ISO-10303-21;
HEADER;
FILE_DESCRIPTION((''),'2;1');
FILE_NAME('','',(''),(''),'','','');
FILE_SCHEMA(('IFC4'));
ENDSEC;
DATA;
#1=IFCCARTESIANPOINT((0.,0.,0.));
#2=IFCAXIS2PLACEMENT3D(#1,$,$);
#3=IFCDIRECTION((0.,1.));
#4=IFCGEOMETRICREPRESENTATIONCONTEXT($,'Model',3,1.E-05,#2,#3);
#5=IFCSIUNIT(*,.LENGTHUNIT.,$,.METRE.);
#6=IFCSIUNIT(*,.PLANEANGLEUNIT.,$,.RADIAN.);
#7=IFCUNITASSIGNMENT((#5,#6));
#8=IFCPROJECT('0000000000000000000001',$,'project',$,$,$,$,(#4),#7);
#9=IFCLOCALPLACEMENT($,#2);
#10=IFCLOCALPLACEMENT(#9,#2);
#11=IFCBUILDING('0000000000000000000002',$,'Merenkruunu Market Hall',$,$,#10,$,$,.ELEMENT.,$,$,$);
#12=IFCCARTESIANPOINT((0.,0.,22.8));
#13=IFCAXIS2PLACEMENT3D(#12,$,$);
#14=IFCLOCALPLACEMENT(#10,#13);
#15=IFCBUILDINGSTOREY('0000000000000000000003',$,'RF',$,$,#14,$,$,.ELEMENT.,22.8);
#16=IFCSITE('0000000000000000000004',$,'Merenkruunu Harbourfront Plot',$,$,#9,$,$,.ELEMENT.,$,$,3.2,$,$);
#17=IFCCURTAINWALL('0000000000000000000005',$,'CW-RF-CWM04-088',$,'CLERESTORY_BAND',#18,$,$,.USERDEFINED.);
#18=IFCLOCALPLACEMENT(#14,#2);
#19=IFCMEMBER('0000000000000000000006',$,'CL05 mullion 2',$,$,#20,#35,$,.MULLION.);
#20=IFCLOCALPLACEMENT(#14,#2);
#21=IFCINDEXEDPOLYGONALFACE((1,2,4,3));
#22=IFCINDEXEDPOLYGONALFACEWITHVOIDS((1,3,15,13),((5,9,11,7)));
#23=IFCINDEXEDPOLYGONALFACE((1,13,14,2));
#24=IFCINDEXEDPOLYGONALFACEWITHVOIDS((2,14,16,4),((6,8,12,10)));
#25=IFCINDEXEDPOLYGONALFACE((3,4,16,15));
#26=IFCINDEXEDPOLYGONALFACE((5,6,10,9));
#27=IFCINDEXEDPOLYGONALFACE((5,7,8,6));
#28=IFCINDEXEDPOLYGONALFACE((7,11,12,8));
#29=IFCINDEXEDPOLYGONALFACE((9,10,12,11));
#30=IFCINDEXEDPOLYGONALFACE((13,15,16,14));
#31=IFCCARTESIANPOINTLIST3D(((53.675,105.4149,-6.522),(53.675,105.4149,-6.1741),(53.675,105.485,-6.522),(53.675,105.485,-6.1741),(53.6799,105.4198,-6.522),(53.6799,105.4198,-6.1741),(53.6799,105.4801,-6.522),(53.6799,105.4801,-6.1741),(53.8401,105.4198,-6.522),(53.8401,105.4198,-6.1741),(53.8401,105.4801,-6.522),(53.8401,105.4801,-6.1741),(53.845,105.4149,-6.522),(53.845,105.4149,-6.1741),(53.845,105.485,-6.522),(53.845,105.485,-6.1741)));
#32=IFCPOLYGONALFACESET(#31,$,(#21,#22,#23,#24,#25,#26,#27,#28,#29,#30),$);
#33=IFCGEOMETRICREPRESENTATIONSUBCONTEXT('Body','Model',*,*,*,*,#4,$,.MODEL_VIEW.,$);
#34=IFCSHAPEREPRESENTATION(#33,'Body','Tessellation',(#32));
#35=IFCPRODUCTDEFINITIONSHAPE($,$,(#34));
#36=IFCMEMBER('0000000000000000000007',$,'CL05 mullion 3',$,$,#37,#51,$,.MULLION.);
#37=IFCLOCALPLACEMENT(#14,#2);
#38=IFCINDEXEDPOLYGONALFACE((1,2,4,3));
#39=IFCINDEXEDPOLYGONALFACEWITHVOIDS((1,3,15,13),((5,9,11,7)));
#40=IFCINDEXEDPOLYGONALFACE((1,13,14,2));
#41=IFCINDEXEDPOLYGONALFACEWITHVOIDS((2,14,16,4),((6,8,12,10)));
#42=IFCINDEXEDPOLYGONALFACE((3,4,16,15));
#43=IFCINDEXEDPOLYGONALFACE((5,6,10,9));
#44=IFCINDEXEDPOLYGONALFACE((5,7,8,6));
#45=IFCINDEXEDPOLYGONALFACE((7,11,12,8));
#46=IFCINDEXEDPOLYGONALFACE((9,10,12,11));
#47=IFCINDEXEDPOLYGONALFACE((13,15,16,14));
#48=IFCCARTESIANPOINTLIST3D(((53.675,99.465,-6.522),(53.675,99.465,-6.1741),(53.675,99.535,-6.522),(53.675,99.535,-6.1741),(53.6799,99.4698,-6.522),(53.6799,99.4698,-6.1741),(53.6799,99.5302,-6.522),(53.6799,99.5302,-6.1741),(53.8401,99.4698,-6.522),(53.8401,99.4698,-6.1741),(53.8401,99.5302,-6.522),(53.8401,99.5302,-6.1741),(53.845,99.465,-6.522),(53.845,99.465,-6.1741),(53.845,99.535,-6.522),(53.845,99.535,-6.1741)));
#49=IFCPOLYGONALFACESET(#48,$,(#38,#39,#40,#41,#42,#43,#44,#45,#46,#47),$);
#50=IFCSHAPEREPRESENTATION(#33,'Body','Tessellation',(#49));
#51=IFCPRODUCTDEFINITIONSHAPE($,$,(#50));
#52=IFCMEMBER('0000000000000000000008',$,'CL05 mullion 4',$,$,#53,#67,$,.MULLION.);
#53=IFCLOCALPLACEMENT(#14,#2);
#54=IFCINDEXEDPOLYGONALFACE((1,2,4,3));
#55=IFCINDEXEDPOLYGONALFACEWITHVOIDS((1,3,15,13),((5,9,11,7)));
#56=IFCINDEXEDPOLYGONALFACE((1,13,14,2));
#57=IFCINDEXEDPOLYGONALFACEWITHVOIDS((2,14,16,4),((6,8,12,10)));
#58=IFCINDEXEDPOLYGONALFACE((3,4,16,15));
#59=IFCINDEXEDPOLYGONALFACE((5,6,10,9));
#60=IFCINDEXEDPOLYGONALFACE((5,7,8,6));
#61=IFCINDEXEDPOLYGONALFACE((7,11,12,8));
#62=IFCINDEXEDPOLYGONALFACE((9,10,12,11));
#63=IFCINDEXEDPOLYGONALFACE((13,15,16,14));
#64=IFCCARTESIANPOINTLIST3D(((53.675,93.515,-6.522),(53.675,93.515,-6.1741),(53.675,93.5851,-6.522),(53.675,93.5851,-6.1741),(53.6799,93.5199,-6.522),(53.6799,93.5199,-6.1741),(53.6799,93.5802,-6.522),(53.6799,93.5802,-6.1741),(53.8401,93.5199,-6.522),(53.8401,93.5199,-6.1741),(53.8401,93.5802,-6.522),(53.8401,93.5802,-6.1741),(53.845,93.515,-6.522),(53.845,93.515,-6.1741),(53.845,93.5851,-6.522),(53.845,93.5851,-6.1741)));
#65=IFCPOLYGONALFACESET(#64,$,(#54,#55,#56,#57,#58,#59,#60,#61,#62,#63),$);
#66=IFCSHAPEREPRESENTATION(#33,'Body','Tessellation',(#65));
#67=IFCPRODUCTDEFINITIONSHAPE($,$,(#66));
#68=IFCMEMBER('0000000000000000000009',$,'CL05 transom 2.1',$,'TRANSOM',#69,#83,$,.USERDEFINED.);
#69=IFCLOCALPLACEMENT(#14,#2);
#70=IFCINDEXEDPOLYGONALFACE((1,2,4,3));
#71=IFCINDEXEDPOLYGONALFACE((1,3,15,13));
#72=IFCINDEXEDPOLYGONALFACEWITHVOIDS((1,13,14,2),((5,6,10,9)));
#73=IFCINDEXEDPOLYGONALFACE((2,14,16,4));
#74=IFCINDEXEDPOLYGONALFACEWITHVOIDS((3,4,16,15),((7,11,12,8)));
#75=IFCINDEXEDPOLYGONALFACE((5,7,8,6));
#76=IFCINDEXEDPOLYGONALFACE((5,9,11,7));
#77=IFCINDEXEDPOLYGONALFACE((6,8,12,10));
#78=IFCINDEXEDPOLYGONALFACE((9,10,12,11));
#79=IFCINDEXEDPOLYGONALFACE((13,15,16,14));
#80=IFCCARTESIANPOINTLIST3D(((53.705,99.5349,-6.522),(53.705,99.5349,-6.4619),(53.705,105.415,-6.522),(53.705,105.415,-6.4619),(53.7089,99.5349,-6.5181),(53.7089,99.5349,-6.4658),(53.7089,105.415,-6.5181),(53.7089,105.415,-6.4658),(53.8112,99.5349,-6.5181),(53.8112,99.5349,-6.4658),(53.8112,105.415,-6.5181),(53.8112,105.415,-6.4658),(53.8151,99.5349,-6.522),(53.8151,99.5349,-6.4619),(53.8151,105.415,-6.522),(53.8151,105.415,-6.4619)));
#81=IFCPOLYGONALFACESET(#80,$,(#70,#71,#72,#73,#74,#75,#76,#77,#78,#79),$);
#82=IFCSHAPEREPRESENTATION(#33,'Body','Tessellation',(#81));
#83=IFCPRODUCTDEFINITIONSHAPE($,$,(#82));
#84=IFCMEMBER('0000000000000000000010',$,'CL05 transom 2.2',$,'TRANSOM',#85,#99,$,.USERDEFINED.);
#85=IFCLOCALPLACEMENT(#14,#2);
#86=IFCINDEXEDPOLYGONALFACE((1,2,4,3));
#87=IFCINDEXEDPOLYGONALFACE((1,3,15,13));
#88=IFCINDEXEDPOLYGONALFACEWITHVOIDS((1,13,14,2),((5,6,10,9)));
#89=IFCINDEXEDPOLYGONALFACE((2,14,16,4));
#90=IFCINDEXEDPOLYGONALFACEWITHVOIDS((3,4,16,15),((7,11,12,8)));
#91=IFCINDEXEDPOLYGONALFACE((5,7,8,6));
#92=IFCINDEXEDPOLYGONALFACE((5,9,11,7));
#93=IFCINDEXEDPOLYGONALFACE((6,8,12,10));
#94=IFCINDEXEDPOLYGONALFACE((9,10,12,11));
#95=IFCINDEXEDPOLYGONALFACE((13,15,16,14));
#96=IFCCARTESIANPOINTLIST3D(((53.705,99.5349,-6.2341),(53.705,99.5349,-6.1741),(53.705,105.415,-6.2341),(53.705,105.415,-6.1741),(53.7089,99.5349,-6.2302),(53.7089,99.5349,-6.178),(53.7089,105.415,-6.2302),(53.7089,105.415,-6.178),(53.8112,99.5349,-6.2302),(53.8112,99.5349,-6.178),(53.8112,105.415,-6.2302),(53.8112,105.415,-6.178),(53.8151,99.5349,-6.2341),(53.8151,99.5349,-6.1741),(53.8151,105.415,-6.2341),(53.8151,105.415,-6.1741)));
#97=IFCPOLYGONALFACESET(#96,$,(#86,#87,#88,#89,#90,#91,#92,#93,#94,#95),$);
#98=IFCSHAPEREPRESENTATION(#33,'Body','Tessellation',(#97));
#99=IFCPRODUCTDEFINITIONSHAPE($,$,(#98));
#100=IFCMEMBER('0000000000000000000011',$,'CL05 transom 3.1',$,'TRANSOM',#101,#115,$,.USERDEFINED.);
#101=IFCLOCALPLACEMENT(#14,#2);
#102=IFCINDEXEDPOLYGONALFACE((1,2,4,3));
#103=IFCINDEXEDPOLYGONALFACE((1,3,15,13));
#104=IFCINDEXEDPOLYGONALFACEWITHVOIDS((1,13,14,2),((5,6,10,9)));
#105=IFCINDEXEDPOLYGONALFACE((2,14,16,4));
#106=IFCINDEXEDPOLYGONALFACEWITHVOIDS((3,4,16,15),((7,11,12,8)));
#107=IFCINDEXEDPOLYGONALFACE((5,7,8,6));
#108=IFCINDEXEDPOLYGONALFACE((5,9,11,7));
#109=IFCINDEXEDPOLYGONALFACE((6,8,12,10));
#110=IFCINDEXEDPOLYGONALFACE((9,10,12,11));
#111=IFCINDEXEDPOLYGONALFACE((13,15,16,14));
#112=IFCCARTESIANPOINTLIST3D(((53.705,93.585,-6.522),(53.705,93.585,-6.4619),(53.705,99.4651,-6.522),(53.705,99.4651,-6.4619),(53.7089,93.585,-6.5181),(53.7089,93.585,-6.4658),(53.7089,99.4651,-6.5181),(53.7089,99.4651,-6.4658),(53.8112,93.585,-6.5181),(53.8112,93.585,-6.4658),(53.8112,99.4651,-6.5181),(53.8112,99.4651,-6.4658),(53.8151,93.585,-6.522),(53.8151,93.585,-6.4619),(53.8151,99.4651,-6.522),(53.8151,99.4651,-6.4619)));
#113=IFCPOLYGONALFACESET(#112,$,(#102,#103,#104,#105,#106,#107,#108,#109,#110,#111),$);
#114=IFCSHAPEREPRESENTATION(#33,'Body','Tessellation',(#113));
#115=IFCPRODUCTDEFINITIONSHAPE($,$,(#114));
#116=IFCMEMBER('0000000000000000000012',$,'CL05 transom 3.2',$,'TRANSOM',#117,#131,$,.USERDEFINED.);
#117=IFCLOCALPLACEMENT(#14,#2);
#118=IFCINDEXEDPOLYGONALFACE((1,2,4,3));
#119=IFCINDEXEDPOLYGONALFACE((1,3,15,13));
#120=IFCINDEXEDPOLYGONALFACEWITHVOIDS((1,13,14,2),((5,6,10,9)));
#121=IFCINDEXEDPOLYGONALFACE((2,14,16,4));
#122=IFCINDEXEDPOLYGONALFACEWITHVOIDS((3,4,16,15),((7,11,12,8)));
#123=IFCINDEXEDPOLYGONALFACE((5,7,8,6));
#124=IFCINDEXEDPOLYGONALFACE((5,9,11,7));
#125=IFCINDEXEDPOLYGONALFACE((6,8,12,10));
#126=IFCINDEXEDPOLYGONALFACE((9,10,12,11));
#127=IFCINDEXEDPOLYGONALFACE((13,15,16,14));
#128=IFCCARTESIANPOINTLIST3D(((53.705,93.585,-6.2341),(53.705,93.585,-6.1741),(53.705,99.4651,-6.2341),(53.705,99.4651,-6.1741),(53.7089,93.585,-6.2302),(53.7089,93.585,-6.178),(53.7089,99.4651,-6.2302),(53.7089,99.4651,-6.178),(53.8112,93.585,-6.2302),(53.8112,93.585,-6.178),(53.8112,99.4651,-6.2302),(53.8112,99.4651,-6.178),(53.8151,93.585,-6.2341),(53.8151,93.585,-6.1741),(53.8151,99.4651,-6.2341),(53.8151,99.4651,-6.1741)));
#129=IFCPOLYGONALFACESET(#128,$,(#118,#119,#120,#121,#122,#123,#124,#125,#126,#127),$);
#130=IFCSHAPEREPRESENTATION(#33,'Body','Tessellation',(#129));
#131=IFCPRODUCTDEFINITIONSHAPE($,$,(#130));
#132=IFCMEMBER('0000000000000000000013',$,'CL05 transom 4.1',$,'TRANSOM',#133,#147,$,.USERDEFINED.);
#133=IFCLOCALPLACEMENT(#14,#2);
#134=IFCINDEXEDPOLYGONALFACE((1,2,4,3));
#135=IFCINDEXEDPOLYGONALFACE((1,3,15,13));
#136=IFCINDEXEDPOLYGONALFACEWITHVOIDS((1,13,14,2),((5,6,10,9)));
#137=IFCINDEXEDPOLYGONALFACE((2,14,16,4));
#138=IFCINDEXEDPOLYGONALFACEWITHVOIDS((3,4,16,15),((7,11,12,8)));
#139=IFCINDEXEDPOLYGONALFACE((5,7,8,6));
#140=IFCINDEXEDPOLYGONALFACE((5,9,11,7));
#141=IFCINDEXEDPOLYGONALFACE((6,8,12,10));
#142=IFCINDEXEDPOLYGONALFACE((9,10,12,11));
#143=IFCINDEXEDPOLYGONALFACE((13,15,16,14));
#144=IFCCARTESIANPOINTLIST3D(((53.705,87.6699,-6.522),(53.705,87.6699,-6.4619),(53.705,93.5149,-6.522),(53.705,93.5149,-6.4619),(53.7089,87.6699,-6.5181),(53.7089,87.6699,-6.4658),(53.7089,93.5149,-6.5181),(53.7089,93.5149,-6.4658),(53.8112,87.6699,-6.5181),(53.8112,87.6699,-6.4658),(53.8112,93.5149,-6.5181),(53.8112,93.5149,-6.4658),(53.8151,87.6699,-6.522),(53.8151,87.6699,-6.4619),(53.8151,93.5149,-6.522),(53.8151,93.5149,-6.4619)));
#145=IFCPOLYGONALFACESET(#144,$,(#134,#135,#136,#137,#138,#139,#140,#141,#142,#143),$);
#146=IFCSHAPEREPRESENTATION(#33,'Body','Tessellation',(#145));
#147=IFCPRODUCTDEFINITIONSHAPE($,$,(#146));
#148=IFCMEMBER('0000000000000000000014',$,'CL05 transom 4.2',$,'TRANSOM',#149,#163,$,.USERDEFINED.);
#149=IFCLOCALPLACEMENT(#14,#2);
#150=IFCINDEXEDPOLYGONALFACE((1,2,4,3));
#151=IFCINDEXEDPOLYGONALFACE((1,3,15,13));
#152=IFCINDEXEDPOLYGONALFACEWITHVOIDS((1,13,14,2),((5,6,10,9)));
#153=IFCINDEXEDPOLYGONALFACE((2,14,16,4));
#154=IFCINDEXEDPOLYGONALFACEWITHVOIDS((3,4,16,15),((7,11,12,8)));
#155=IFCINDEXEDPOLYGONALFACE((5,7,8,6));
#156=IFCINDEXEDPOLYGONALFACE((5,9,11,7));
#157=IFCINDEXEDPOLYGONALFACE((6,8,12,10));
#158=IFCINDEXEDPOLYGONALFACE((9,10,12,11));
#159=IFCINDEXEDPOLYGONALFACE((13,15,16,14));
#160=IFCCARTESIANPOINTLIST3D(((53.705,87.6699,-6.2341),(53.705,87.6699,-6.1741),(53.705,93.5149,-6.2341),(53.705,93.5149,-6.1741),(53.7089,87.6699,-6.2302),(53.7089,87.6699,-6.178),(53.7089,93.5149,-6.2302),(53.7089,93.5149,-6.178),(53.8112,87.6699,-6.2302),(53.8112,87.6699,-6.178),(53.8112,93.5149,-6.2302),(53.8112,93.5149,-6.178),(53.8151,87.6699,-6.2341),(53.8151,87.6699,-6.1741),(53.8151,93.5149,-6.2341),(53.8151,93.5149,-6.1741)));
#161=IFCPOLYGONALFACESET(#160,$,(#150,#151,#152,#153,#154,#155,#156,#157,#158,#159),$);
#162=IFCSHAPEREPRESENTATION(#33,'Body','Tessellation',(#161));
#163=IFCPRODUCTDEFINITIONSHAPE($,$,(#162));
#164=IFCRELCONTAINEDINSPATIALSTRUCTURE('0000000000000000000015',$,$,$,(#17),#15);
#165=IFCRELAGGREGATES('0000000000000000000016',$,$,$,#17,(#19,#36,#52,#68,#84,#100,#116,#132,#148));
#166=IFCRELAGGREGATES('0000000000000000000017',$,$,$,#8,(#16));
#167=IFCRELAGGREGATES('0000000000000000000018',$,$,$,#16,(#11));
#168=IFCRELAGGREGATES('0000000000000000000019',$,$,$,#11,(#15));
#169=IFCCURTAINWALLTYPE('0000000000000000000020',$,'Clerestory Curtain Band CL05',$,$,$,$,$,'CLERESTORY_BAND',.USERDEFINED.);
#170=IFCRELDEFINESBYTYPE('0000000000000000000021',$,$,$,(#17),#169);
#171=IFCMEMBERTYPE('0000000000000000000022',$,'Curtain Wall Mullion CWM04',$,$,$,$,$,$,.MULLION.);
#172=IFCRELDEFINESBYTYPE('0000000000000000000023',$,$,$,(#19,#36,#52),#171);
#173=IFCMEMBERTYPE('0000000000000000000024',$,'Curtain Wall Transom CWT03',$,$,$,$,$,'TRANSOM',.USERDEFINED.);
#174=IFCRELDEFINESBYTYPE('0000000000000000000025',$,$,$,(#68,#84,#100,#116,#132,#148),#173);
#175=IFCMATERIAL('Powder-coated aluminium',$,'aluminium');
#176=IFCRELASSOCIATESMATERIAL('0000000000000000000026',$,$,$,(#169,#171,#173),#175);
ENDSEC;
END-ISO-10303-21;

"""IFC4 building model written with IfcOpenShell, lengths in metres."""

from ifc_helpers import new_model, si_unit, direction, frame, origin, origin_2d, place, context, subcontext, project, spatial, hollow_rectangle, extrude, material, material_profile, profile_set, type_object, element, aggregate, save


model = new_model("IFC4")

# Units and contexts
model_context = context("Model", 3, precision=1e-05, world=origin(), true_north=direction((0.0, 1.0)))
body_context = subcontext(model_context, "Body", "Model", "MODEL_VIEW")
ifc_project = project(units=[si_unit("LENGTHUNIT", "METRE"), si_unit("PLANEANGLEUNIT", "RADIAN")], contexts=[model_context])

# Site, building, storey
site_placement = place(None, origin())
site = spatial("IfcSite", under=ifc_project, at=site_placement, Name="Merenkruunu Harbourfront Plot", CompositionType="ELEMENT", RefElevation=3.2)
building_placement = place(site_placement, origin())
building = spatial("IfcBuilding", under=site, at=building_placement, Name="Merenkruunu Market Hall", CompositionType="ELEMENT")
storey_placement = place(building_placement, frame((0.0, 0.0, 22.8)))
storey = spatial("IfcBuildingStorey", under=building, at=storey_placement, Name="RF", CompositionType="ELEMENT", Elevation=22.8)

# Curtain wall, members
ifc_material_1 = material(Name="Powder-coated aluminium", Category="aluminium")
curtain_wall_type = type_object("IfcCurtainWallType", Name="Clerestory Curtain Band CL05", ElementType="CLERESTORY_BAND", PredefinedType="USERDEFINED", material=ifc_material_1)
curtain_wall_placement = place(storey_placement, origin())
curtain_wall = element("IfcCurtainWall", 1, at=curtain_wall_placement, inside=storey, type_object=curtain_wall_type, Name="CW-RF-CWM04-088", ObjectType="CLERESTORY_BAND", PredefinedType="USERDEFINED")
ifc_material_profile_1 = material_profile(ifc_material_1, hollow_rectangle(XDim=0.0701, YDim=0.1699, WallThickness=0.0049, at=origin_2d()), Name="ALU 70x170x5")
ifc_profile_set_1 = profile_set([ifc_material_profile_1], Name="Powder-coated aluminium")
member_type_1 = type_object("IfcMemberType", Name="Curtain Wall Mullion CWM04", PredefinedType="MULLION", material=ifc_profile_set_1)
member_1_placement = place(storey_placement, frame((53.76, 105.45, -6.522), z_axis=(0.0, 0.0, 1.0), x_axis=(0.0, -1.0, 0.0)))
member_1 = element("IfcMember", 2, at=member_1_placement, type_object=member_type_1, Name="CL05 mullion 2", PredefinedType="MULLION", context=body_context, shape_type="SweptSolid", body=[
    extrude(hollow_rectangle(XDim=0.0701, YDim=0.1699, WallThickness=0.0049, at=origin_2d()), origin(), (0.0, 0.0, 1.0), 0.3479),
])
member_2_placement = place(storey_placement, frame((53.76, 99.5, -6.522), z_axis=(0.0, 0.0, 1.0), x_axis=(0.0, -1.0, 0.0)))
member_2 = element("IfcMember", 3, at=member_2_placement, type_object=member_type_1, Name="CL05 mullion 3", PredefinedType="MULLION", context=body_context, shape_type="SweptSolid", body=[
    extrude(hollow_rectangle(XDim=0.0701, YDim=0.1699, WallThickness=0.0049, at=origin_2d()), origin(), (0.0, 0.0, 1.0), 0.3479),
])
member_3_placement = place(storey_placement, frame((53.76, 93.55, -6.522), z_axis=(0.0, 0.0, 1.0), x_axis=(0.0, -1.0, 0.0)))
member_3 = element("IfcMember", 4, at=member_3_placement, type_object=member_type_1, Name="CL05 mullion 4", PredefinedType="MULLION", context=body_context, shape_type="SweptSolid", body=[
    extrude(hollow_rectangle(XDim=0.0701, YDim=0.1699, WallThickness=0.0049, at=origin_2d()), origin(), (0.0, 0.0, 1.0), 0.3479),
])
ifc_material_profile_2 = material_profile(ifc_material_1, hollow_rectangle(XDim=0.0601, YDim=0.1101, WallThickness=0.0039, at=origin_2d()), Name="ALU 60x110x4")
ifc_profile_set_2 = profile_set([ifc_material_profile_2], Name="Powder-coated aluminium")
member_type_2 = type_object("IfcMemberType", Name="Curtain Wall Transom CWT03", ElementType="TRANSOM", PredefinedType="USERDEFINED", material=ifc_profile_set_2)
member_4_placement = place(storey_placement, frame((53.76, 105.415, -6.4919), z_axis=(0.0, -1.0, 0.0), x_axis=(0.0, 0.0, 1.0)))
member_4 = element("IfcMember", 5, at=member_4_placement, type_object=member_type_2, Name="CL05 transom 2.1", ObjectType="TRANSOM", PredefinedType="USERDEFINED", context=body_context, shape_type="SweptSolid", body=[
    extrude(hollow_rectangle(XDim=0.0601, YDim=0.1101, WallThickness=0.0039, at=origin_2d()), origin(), (0.0, 0.0, 1.0), 5.8801),
])
member_5_placement = place(storey_placement, frame((53.76, 105.415, -6.2041), z_axis=(0.0, -1.0, 0.0), x_axis=(0.0, 0.0, 1.0)))
member_5 = element("IfcMember", 6, at=member_5_placement, type_object=member_type_2, Name="CL05 transom 2.2", ObjectType="TRANSOM", PredefinedType="USERDEFINED", context=body_context, shape_type="SweptSolid", body=[
    extrude(hollow_rectangle(XDim=0.0601, YDim=0.1101, WallThickness=0.0039, at=origin_2d()), origin(), (0.0, 0.0, 1.0), 5.8801),
])
member_6_placement = place(storey_placement, frame((53.76, 99.4651, -6.4919), z_axis=(0.0, -1.0, 0.0), x_axis=(0.0, 0.0, 1.0)))
member_6 = element("IfcMember", 7, at=member_6_placement, type_object=member_type_2, Name="CL05 transom 3.1", ObjectType="TRANSOM", PredefinedType="USERDEFINED", context=body_context, shape_type="SweptSolid", body=[
    extrude(hollow_rectangle(XDim=0.0601, YDim=0.1101, WallThickness=0.0039, at=origin_2d()), origin(), (0.0, 0.0, 1.0), 5.8801),
])
member_7_placement = place(storey_placement, frame((53.76, 99.4651, -6.2041), z_axis=(0.0, -1.0, 0.0), x_axis=(0.0, 0.0, 1.0)))
member_7 = element("IfcMember", 8, at=member_7_placement, type_object=member_type_2, Name="CL05 transom 3.2", ObjectType="TRANSOM", PredefinedType="USERDEFINED", context=body_context, shape_type="SweptSolid", body=[
    extrude(hollow_rectangle(XDim=0.0601, YDim=0.1101, WallThickness=0.0039, at=origin_2d()), origin(), (0.0, 0.0, 1.0), 5.8801),
])
member_8_placement = place(storey_placement, frame((53.76, 93.5149, -6.4919), z_axis=(0.0, -1.0, 0.0), x_axis=(0.0, 0.0, 1.0)))
member_8 = element("IfcMember", 9, at=member_8_placement, type_object=member_type_2, Name="CL05 transom 4.1", ObjectType="TRANSOM", PredefinedType="USERDEFINED", context=body_context, shape_type="SweptSolid", body=[
    extrude(hollow_rectangle(XDim=0.0601, YDim=0.1101, WallThickness=0.0039, at=origin_2d()), origin(), (0.0, 0.0, 1.0), 5.845),
])
member_9_placement = place(storey_placement, frame((53.76, 93.5149, -6.2041), z_axis=(0.0, -1.0, 0.0), x_axis=(0.0, 0.0, 1.0)))
member_9 = element("IfcMember", 10, at=member_9_placement, type_object=member_type_2, Name="CL05 transom 4.2", ObjectType="TRANSOM", PredefinedType="USERDEFINED", context=body_context, shape_type="SweptSolid", body=[
    extrude(hollow_rectangle(XDim=0.0601, YDim=0.1101, WallThickness=0.0039, at=origin_2d()), origin(), (0.0, 0.0, 1.0), 5.845),
])

aggregate(curtain_wall, [member_1, member_2, member_3, member_4, member_5, member_6, member_7, member_8, member_9])

save(model, "model.ifc")
